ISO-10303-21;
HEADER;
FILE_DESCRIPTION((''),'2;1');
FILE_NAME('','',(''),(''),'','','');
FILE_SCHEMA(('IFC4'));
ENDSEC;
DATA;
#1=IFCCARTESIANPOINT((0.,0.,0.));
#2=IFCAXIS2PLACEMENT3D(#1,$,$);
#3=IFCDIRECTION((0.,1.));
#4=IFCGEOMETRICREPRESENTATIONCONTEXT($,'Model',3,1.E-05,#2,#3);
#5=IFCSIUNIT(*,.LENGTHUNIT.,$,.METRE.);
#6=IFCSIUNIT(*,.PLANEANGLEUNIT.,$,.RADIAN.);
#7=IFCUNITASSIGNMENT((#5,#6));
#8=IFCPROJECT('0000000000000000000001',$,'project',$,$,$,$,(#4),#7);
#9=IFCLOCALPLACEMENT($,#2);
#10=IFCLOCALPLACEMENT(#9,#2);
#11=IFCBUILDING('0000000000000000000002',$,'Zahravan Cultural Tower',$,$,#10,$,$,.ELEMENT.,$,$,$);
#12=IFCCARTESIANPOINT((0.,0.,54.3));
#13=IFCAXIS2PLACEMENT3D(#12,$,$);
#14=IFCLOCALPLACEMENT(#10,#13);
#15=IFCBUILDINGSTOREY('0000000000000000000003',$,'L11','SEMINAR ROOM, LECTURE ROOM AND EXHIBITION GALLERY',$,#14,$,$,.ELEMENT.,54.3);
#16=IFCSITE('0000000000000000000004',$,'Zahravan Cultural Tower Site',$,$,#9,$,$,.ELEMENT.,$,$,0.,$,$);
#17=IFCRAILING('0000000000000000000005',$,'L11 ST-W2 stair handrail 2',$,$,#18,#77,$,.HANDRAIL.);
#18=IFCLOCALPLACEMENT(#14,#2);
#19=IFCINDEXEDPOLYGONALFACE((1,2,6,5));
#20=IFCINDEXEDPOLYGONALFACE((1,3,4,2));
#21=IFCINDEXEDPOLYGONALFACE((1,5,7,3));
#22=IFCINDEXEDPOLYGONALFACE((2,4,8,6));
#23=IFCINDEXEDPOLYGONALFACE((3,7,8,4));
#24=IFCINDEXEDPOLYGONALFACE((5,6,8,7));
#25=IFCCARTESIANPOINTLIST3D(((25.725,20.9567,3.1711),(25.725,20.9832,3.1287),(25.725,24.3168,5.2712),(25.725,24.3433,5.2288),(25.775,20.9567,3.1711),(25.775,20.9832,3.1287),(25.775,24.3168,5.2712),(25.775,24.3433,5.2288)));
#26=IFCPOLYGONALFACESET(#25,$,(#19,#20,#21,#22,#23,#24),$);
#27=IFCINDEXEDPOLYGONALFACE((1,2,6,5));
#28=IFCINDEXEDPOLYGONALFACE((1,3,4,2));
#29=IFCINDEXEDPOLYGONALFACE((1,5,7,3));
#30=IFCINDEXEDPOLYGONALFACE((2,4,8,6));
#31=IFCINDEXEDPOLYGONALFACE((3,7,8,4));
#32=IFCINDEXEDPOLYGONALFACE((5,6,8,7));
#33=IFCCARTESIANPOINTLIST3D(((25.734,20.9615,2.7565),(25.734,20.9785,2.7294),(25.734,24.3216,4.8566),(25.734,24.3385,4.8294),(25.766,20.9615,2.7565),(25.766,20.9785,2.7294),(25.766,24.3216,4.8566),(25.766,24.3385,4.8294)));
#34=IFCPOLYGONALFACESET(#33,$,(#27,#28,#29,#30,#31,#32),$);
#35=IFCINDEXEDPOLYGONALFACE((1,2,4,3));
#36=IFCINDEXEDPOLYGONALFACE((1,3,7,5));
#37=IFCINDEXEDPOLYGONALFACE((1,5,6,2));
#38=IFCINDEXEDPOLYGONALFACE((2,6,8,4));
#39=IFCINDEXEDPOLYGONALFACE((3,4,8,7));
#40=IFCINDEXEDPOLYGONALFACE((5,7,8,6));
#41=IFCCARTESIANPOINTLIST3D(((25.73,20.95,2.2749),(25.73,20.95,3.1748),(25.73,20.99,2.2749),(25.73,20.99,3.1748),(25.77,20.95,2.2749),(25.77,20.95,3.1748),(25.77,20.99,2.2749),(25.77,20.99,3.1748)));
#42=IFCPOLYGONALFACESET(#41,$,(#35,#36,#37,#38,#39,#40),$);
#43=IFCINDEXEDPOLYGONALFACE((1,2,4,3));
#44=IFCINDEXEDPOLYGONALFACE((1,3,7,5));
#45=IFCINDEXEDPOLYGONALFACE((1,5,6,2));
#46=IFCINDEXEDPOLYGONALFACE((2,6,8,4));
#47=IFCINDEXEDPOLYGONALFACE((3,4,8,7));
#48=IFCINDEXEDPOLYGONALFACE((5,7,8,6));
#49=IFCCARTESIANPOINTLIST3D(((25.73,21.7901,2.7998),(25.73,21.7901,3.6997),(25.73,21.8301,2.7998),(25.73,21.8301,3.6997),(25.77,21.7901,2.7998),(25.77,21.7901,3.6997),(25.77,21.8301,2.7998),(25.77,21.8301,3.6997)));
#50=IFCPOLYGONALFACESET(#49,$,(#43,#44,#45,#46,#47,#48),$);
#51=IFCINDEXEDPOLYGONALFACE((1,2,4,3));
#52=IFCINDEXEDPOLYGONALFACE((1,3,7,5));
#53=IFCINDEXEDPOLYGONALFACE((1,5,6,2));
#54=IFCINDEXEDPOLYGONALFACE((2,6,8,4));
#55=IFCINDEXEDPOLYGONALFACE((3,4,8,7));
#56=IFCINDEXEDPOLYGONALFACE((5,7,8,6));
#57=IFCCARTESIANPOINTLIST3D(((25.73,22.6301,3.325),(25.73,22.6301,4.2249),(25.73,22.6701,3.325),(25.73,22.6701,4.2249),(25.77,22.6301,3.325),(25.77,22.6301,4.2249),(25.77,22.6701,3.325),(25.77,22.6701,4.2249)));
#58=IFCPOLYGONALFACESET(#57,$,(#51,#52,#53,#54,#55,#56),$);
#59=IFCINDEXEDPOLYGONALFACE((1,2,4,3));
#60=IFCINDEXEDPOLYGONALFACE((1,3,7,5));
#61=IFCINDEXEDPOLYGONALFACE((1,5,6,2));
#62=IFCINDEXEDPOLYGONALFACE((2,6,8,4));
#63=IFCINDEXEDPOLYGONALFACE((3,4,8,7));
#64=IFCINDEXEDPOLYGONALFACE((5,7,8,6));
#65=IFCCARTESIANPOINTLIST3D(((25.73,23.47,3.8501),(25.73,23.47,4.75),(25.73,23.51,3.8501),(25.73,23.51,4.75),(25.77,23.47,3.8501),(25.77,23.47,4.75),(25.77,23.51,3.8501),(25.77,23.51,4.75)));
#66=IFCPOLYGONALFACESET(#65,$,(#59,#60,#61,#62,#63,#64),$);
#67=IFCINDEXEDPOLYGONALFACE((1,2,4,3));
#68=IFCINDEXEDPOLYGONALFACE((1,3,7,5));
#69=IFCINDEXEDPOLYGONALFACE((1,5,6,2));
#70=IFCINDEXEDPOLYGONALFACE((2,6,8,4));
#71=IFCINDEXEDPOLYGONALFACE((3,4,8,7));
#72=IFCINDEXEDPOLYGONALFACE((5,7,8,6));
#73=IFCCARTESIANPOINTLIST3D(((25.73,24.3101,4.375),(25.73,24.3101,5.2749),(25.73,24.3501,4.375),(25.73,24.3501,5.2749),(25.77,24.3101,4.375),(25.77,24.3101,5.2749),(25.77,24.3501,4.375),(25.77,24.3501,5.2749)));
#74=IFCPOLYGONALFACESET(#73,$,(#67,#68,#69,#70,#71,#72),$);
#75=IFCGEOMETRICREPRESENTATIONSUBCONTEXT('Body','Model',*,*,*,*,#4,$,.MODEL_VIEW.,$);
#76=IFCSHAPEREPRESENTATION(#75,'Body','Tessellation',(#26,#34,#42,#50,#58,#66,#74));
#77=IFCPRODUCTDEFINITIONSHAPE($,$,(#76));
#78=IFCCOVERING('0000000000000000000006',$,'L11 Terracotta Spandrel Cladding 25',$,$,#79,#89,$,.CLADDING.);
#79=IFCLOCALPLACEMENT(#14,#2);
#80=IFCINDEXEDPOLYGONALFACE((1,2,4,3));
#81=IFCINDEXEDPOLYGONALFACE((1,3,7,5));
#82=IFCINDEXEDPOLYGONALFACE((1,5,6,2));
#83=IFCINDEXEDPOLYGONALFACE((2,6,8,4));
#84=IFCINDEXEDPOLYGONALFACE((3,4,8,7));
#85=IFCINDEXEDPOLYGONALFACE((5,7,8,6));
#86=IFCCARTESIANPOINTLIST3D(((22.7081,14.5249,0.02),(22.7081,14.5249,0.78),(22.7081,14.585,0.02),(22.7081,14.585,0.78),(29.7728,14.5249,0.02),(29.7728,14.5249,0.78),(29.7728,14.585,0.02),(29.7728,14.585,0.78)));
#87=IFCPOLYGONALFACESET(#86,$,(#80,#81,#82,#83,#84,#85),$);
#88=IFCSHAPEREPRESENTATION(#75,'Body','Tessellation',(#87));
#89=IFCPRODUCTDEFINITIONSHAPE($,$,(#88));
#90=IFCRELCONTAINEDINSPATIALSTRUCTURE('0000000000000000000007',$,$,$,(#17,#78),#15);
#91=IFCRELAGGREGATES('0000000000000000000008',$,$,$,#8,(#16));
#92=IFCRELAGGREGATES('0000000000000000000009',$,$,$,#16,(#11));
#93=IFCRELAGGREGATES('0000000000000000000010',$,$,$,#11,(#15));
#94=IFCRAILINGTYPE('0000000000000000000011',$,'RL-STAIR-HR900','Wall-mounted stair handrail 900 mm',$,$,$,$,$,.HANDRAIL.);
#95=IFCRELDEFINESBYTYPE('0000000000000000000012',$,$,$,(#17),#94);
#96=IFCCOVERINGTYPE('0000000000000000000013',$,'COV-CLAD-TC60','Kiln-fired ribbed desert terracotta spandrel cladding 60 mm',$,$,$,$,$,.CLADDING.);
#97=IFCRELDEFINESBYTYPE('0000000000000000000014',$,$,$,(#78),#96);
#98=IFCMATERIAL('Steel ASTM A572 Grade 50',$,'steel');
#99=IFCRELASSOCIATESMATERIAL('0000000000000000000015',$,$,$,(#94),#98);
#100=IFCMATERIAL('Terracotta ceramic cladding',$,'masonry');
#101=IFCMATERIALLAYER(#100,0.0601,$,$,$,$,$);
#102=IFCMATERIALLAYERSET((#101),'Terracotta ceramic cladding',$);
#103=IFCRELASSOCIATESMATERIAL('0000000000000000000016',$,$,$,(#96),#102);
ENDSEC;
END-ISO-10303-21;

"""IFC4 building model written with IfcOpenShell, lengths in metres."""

from ifc_helpers import new_model, si_unit, direction, frame, origin, origin_2d, place, context, subcontext, project, spatial, rectangle, extrude, source, transform, mapped, material, layer, layer_set, type_object, element, save


model = new_model("IFC4")

# Units and contexts
model_context = context("Model", 3, precision=1e-05, world=origin(), true_north=direction((0.0, 1.0)))
body_context = subcontext(model_context, "Body", "Model", "MODEL_VIEW")
ifc_project = project(units=[si_unit("LENGTHUNIT", "METRE"), si_unit("PLANEANGLEUNIT", "RADIAN")], contexts=[model_context])

# Site, building, storey
site_placement = place(None, origin())
site = spatial("IfcSite", under=ifc_project, at=site_placement, Name="Zahravan Cultural Tower Site", CompositionType="ELEMENT", RefElevation=0.0)
building_placement = place(site_placement, origin())
building = spatial("IfcBuilding", under=site, at=building_placement, Name="Zahravan Cultural Tower", CompositionType="ELEMENT")
storey_placement = place(building_placement, frame((0.0, 0.0, 54.3)))
storey = spatial("IfcBuildingStorey", under=building, at=storey_placement, Name="L11", Description="SEMINAR ROOM, LECTURE ROOM AND EXHIBITION GALLERY", CompositionType="ELEMENT", Elevation=54.3)

# Shared definitions
ifc_material_1 = material(Name="Steel ASTM A572 Grade 50", Category="steel")

# Railing
railing_type_1 = type_object("IfcRailingType", Name="RL-STAIR-HR900", Description="Wall-mounted stair handrail 900 mm", PredefinedType="HANDRAIL", material=ifc_material_1)
railing_1_placement = place(storey_placement, frame((25.75, 20.97, 2.2749)))
element("IfcRailing", 1, at=railing_1_placement, inside=storey, type_object=railing_type_1, Name="L11 ST-W2 stair handrail 2", PredefinedType="HANDRAIL", context=body_context, shape_type="SweptSolid", body=[
    extrude(rectangle(XDim=0.05, YDim=0.05, at=origin_2d()), frame((0.0, 0.0, 0.875), z_axis=(0.0, 0.847995, 0.530004), x_axis=(-1.0, 0.0, 0.0)), (0.0, 0.0, 1.0), 3.9624),
    extrude(rectangle(XDim=0.032, YDim=0.032, at=origin_2d()), frame((0.0, 0.0, 0.468), z_axis=(0.0, 0.847995, 0.530004), x_axis=(-1.0, 0.0, 0.0)), (0.0, 0.0, 1.0), 3.9624),
    extrude(rectangle(XDim=0.04, YDim=0.04, at=origin_2d()), origin(), (0.0, 0.0, 1.0), 0.8999),
    extrude(rectangle(XDim=0.04, YDim=0.04, at=origin_2d()), frame((0.0, 0.8401, 0.5249)), (0.0, 0.0, 1.0), 0.8999),
    extrude(rectangle(XDim=0.04, YDim=0.04, at=origin_2d()), frame((0.0, 1.6802, 1.05)), (0.0, 0.0, 1.0), 0.8999),
    extrude(rectangle(XDim=0.04, YDim=0.04, at=origin_2d()), frame((0.0, 2.52, 1.5752)), (0.0, 0.0, 1.0), 0.8999),
    extrude(rectangle(XDim=0.04, YDim=0.04, at=origin_2d()), frame((0.0, 3.3601, 2.1001)), (0.0, 0.0, 1.0), 0.8999),
])

# Covering
ifc_material_2 = material(Name="Terracotta ceramic cladding", Category="masonry")
ifc_layer_1 = layer(ifc_material_2, 0.0601)
ifc_layer_set_1 = layer_set([ifc_layer_1], Name="Terracotta ceramic cladding")
covering_type = type_object("IfcCoveringType", Name="COV-CLAD-TC60", Description="Kiln-fired ribbed desert terracotta spandrel cladding 60 mm", PredefinedType="CLADDING", material=ifc_layer_set_1)
shared_shape_1 = source(origin(), body_context, "Body", "SweptSolid", [
    extrude(rectangle(XDim=7.0647, YDim=0.0601, at=origin_2d()), origin(), (0.0, 0.0, 1.0), 0.76),
])
covering_placement = place(storey_placement, frame((26.2405, 14.5549, 0.02), z_axis=(0.0, 0.0, 1.0), x_axis=(-1.0, 0.0, 0.0)))
element("IfcCovering", 2, at=covering_placement, inside=storey, type_object=covering_type, Name="L11 Terracotta Spandrel Cladding 25", PredefinedType="CLADDING", context=body_context, shape_type="MappedRepresentation", body=[
    mapped(shared_shape_1, transform((0.0, 0.0, 0.0), x_axis=(1.0, 0.0, 0.0), y_axis=(0.0, 1.0, 0.0), z_axis=(0.0, 0.0, 1.0), scale=1.0)),
])

save(model, "model.ifc")
